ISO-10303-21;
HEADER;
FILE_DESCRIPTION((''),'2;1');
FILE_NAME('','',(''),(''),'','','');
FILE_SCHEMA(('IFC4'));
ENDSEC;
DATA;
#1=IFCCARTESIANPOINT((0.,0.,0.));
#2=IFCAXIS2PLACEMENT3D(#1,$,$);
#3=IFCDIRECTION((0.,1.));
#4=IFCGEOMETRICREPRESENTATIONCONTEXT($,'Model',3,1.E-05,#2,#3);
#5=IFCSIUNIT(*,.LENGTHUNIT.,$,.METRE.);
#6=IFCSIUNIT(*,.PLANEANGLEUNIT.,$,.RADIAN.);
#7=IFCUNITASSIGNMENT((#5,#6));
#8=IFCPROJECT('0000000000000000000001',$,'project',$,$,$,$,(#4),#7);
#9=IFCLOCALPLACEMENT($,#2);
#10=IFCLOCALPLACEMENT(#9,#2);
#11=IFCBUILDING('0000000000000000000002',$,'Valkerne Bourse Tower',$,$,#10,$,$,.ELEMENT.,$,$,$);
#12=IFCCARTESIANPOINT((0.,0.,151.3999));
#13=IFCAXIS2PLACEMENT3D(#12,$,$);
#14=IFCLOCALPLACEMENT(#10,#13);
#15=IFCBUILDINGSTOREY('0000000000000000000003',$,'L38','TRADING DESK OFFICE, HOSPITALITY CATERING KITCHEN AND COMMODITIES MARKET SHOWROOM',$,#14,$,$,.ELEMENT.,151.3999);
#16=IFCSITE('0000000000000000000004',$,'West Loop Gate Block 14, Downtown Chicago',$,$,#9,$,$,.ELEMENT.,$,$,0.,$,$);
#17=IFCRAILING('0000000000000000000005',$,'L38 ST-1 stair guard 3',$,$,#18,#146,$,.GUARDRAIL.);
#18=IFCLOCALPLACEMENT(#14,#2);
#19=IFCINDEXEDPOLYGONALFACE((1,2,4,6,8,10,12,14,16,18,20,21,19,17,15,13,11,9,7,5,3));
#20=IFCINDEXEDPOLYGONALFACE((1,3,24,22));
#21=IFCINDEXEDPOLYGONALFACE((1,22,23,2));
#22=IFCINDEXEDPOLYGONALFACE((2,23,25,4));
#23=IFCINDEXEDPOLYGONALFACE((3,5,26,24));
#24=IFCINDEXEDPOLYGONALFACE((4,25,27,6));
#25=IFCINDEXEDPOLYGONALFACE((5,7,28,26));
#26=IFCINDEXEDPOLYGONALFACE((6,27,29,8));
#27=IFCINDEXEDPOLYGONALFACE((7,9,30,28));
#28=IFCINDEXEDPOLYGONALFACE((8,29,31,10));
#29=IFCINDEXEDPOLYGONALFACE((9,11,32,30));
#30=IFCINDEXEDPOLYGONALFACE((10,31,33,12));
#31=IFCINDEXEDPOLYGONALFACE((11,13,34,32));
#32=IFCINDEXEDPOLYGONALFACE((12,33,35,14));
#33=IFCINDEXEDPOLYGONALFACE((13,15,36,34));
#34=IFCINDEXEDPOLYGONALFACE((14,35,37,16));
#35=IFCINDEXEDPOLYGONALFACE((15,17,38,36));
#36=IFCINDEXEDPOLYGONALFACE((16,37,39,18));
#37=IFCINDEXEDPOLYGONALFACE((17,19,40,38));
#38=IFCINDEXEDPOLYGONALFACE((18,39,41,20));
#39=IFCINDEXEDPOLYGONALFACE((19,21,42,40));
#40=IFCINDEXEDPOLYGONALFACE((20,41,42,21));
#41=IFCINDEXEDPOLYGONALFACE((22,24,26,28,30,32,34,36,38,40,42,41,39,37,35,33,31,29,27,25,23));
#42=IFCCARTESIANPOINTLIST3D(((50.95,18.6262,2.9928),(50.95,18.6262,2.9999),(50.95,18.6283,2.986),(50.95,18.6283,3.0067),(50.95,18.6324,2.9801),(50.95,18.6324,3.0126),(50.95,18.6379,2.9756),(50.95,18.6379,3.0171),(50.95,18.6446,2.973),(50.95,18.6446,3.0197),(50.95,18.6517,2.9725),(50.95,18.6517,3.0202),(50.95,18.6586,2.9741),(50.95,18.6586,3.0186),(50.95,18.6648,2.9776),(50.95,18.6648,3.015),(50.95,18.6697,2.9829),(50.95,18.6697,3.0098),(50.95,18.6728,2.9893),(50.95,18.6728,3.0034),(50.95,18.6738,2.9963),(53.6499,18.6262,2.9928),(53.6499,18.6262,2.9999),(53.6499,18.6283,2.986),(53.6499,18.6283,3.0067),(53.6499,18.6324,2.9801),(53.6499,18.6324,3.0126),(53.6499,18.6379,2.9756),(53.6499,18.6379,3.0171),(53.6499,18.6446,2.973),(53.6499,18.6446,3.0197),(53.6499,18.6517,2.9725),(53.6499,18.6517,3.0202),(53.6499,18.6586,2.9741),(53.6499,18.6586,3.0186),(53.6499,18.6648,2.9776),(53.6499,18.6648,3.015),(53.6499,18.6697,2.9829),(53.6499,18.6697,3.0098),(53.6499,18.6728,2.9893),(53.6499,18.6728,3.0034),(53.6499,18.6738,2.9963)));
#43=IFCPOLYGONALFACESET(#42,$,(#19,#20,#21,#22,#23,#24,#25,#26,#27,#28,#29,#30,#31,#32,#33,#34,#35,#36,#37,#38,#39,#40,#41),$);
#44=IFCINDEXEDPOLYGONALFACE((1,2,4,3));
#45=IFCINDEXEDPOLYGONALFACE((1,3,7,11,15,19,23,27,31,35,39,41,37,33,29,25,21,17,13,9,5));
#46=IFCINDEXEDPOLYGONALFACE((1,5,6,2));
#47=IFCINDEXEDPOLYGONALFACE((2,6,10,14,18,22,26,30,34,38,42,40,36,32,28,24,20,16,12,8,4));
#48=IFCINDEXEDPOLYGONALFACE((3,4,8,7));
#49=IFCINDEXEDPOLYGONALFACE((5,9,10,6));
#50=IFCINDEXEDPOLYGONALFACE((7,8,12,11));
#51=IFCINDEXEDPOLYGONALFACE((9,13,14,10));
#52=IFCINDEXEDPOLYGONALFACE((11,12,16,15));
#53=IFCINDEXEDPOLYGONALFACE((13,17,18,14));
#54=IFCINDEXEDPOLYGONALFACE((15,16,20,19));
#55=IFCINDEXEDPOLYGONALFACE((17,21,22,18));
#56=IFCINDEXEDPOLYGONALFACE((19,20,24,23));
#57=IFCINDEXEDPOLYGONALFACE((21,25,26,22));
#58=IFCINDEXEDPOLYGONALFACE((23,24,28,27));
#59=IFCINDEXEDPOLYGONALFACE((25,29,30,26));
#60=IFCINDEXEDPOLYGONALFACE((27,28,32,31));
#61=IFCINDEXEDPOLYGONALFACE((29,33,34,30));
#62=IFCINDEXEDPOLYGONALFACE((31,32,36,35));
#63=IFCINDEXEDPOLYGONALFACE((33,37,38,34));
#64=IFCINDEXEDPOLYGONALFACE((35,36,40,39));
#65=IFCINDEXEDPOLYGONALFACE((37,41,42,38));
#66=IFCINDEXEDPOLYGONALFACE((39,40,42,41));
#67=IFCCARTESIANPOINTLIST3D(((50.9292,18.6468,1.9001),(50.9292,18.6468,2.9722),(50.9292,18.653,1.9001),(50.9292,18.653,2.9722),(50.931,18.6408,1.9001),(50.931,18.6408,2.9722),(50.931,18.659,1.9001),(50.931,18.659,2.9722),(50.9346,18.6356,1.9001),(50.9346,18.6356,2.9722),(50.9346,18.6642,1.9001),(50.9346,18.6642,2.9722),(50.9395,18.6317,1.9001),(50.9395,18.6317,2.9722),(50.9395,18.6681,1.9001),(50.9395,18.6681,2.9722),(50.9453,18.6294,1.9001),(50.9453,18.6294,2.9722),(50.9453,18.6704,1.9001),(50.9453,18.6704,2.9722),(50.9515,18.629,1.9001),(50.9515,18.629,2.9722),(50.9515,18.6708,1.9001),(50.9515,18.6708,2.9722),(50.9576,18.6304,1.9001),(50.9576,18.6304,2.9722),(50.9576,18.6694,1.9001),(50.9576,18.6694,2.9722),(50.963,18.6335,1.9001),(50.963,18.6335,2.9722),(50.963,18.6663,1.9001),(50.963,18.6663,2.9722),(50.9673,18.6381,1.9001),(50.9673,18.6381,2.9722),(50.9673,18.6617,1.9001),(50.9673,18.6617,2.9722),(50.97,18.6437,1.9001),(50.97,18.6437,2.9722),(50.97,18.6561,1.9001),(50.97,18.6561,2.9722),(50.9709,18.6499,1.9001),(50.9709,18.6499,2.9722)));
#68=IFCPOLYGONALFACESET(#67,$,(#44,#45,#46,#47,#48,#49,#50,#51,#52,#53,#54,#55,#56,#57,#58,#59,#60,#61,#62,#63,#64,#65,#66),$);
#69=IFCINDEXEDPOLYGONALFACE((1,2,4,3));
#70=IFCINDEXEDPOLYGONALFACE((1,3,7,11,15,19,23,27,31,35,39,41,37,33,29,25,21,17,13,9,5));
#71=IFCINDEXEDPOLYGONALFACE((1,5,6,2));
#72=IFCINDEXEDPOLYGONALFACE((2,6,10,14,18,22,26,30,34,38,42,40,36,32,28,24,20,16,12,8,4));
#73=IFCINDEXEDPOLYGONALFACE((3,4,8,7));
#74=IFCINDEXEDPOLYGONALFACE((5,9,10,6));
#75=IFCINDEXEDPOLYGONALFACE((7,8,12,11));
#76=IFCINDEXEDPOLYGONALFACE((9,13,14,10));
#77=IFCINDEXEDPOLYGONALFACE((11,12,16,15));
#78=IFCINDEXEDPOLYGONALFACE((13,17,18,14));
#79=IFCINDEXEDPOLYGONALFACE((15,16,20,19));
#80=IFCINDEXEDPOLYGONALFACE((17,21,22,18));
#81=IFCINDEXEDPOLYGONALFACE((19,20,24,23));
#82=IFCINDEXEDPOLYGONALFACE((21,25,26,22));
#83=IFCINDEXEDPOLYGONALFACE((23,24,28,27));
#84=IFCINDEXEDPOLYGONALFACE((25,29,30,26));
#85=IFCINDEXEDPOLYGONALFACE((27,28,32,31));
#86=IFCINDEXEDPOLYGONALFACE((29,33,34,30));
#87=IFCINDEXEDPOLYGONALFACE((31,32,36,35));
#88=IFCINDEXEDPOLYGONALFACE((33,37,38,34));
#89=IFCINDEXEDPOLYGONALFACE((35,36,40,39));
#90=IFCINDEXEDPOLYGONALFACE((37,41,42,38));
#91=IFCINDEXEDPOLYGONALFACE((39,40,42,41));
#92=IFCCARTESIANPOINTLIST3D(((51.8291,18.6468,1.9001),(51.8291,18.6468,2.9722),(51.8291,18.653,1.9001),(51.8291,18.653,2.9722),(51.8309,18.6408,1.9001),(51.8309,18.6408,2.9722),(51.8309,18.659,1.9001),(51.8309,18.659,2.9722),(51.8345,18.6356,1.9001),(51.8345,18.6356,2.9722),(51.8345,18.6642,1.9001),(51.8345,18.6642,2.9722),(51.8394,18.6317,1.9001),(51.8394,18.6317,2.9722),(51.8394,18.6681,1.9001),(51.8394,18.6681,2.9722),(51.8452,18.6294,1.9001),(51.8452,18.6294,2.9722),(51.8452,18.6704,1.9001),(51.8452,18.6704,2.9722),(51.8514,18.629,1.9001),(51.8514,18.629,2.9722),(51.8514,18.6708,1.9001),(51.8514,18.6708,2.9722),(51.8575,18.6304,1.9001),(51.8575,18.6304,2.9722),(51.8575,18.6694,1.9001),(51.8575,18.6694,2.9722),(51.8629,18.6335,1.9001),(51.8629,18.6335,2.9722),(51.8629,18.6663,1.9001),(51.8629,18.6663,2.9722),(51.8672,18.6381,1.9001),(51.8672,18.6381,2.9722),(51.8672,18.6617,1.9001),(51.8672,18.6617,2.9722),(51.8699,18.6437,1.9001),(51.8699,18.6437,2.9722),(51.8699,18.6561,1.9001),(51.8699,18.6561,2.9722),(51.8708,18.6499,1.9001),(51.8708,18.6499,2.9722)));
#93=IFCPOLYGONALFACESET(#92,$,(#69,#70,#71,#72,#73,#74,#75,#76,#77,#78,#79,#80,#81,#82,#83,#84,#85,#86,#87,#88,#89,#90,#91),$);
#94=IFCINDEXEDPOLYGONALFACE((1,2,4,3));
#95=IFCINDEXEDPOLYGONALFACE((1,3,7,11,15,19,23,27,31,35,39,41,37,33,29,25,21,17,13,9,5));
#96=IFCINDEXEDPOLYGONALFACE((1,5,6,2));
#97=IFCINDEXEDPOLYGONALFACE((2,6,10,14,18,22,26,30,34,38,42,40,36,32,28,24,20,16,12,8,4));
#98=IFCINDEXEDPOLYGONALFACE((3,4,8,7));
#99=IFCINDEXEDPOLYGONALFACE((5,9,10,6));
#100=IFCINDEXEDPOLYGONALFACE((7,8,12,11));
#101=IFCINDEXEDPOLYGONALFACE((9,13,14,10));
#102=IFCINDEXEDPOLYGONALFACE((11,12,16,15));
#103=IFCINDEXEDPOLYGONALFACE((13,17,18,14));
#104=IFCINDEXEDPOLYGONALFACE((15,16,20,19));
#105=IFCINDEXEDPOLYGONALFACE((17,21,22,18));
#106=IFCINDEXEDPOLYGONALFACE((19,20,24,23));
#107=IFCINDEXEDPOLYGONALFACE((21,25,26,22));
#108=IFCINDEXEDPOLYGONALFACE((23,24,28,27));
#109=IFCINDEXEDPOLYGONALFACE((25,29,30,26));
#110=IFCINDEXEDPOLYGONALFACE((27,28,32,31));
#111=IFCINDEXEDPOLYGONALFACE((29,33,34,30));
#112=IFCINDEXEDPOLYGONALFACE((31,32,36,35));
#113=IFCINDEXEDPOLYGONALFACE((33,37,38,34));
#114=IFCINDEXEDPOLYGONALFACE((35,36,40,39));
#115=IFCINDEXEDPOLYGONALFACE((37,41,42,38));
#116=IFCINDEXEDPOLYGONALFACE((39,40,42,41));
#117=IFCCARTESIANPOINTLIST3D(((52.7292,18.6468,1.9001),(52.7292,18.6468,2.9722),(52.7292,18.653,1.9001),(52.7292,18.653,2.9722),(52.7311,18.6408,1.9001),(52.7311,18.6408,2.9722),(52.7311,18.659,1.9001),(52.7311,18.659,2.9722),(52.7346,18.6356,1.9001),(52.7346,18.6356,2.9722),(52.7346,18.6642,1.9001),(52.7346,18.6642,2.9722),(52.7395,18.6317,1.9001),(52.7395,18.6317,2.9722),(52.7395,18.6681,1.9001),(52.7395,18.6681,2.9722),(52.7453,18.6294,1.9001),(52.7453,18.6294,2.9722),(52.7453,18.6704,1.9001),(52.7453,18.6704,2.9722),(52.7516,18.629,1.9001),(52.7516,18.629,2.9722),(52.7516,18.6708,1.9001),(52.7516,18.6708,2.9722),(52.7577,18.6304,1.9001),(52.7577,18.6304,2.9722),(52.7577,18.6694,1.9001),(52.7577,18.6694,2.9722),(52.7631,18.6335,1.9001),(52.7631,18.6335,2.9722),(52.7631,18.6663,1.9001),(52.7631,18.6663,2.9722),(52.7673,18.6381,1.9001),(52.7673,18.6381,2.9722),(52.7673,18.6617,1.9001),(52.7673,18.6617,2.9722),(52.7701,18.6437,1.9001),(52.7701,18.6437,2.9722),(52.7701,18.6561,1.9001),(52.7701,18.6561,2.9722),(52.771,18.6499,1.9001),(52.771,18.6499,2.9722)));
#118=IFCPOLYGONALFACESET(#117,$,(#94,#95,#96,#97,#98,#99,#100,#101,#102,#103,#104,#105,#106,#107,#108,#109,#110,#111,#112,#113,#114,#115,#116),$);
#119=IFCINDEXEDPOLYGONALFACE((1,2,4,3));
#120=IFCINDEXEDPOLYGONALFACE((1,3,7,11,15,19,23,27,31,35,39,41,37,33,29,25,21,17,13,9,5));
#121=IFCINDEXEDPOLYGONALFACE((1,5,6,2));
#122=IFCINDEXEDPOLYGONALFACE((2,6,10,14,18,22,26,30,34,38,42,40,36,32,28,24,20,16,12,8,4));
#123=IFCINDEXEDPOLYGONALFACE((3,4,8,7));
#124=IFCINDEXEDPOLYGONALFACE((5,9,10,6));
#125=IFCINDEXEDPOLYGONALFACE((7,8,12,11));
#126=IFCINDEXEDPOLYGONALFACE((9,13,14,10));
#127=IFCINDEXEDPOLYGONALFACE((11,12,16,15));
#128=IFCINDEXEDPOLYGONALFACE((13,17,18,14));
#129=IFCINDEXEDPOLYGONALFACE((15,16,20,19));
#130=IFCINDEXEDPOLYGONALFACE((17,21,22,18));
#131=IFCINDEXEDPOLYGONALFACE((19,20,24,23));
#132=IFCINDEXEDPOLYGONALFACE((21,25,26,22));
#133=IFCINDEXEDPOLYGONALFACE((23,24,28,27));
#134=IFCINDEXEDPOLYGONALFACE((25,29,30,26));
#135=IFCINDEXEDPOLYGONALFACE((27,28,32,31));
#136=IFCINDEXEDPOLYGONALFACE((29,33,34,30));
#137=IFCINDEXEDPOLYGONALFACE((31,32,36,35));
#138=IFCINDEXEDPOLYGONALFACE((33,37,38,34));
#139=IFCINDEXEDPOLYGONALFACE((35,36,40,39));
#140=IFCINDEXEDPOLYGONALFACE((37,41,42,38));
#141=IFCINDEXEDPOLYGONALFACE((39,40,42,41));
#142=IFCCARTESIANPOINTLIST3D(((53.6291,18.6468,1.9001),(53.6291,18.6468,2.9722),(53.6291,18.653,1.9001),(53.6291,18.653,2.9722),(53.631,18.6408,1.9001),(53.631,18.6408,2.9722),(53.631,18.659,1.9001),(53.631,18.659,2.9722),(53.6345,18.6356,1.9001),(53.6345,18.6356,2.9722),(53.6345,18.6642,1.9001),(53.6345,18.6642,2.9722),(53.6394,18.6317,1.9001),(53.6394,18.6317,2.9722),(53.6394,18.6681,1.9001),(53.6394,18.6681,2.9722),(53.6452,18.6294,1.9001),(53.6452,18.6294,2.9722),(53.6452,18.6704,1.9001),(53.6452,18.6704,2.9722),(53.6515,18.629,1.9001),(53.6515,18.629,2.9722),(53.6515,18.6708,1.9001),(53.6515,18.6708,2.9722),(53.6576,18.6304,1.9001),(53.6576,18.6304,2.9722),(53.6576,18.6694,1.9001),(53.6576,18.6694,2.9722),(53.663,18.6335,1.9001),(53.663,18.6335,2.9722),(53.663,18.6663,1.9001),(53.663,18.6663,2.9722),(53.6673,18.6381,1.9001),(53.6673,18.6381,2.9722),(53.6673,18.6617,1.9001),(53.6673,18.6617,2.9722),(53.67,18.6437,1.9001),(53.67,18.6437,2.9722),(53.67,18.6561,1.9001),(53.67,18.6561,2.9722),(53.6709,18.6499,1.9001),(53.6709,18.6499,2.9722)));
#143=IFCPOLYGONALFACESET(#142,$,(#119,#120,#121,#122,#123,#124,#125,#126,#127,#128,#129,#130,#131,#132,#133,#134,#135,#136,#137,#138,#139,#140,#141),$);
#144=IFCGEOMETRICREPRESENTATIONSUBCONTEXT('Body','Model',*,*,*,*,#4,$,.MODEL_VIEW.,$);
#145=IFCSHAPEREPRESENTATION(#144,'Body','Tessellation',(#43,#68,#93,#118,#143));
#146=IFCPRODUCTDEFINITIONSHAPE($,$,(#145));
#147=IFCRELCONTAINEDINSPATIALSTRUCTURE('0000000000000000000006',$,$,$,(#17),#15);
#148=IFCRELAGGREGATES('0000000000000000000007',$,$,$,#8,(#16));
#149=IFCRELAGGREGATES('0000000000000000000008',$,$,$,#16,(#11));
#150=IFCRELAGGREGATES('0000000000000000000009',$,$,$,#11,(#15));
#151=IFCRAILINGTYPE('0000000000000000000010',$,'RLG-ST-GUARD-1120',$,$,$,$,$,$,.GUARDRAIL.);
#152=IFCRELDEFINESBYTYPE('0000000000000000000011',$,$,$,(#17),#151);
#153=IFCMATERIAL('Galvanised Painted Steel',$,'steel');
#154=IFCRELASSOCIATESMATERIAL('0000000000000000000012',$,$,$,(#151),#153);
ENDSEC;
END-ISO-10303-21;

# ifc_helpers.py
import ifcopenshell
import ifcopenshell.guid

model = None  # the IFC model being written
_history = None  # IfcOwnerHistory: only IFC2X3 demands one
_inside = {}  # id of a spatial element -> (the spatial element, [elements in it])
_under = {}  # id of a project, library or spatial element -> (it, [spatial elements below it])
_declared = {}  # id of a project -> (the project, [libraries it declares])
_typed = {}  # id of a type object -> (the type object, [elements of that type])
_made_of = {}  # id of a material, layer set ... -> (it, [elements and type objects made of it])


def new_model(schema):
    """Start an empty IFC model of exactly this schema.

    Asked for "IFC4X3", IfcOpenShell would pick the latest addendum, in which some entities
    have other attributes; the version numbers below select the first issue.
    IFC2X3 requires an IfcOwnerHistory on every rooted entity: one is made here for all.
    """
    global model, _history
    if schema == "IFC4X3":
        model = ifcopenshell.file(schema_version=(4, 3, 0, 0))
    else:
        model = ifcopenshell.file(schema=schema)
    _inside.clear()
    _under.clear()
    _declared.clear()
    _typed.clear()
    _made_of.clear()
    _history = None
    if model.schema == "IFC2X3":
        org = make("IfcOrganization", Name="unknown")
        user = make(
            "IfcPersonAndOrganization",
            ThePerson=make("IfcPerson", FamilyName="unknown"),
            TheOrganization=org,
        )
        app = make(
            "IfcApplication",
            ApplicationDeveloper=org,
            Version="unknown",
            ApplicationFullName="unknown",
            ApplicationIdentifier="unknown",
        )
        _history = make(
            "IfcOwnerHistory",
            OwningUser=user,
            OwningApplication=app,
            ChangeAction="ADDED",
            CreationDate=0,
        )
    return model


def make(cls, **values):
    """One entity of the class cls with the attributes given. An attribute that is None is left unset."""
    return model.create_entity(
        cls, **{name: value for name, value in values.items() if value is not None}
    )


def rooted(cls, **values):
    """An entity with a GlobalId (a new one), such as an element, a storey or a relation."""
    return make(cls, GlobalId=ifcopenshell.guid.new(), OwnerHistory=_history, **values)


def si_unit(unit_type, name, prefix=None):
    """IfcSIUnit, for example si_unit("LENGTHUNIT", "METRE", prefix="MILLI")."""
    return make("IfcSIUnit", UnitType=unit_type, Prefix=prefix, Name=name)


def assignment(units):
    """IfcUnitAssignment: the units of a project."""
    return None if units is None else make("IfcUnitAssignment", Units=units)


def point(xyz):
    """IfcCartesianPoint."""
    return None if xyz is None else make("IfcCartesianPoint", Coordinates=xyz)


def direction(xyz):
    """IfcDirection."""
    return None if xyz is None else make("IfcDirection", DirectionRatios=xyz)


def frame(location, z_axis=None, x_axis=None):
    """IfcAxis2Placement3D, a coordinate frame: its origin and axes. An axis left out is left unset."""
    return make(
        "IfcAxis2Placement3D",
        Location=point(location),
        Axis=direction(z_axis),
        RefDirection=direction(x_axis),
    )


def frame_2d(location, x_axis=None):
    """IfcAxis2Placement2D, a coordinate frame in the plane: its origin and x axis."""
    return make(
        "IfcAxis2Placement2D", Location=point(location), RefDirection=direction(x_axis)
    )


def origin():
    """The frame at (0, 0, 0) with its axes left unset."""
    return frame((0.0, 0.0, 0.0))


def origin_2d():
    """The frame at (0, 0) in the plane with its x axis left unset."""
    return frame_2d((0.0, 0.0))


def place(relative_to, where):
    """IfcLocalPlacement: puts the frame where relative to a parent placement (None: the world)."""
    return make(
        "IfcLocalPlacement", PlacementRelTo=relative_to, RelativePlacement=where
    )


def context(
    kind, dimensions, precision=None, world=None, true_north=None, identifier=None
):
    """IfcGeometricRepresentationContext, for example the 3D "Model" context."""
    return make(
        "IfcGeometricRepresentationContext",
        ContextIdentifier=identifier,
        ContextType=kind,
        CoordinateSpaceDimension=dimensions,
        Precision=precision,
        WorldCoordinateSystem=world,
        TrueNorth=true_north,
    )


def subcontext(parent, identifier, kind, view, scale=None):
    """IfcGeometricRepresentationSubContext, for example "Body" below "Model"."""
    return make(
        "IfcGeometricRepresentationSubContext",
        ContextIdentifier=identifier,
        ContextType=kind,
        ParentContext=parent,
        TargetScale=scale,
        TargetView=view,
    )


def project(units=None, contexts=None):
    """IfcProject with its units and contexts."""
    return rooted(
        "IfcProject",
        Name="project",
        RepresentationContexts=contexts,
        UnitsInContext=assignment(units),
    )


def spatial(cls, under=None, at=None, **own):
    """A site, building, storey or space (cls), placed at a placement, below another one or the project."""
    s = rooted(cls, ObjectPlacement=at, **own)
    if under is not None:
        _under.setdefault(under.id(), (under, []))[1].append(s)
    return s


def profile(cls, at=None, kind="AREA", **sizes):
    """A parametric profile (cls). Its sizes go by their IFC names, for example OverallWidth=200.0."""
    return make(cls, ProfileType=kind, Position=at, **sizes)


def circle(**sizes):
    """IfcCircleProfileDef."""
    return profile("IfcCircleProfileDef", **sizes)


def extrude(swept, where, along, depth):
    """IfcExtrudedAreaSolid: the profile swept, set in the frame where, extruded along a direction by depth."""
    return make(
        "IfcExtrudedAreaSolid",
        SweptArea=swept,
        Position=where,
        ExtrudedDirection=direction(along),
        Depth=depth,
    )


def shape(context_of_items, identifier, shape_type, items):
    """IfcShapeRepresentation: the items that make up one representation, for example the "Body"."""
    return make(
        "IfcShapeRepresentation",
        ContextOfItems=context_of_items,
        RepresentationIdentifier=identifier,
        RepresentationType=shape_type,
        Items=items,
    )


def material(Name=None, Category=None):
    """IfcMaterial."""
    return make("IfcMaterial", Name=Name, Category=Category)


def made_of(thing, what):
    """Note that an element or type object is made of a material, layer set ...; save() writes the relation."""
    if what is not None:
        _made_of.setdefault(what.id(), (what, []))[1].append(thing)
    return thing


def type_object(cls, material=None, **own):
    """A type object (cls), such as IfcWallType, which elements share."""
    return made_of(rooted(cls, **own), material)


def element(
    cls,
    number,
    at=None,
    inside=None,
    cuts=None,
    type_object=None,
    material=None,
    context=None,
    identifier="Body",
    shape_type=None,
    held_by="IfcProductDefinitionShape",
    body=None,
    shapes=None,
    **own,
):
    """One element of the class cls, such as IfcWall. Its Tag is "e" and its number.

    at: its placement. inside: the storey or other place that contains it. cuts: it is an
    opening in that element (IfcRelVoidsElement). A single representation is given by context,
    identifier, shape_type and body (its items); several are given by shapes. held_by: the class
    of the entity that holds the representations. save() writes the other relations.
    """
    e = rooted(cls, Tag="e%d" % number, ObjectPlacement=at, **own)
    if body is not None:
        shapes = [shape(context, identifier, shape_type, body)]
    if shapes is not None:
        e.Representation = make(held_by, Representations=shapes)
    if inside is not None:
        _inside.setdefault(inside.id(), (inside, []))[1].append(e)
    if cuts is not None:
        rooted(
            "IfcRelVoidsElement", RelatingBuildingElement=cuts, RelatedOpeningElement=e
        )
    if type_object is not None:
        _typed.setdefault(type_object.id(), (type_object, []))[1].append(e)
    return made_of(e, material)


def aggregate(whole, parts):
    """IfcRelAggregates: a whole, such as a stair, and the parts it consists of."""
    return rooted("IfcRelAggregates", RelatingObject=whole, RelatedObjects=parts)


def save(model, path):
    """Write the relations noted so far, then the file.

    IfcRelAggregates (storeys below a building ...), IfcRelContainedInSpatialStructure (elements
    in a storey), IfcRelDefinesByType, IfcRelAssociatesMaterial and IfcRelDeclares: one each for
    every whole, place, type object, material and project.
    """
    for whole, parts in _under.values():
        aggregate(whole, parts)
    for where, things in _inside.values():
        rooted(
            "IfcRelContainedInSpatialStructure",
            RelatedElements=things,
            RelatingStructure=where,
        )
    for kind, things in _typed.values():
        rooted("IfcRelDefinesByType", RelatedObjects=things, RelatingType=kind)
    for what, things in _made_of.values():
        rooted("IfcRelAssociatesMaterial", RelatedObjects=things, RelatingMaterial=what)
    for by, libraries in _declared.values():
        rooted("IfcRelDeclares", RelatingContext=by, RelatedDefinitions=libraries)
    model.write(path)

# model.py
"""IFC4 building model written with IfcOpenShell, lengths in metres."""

from ifc_helpers import new_model, si_unit, direction, frame, origin, origin_2d, place, context, subcontext, project, spatial, circle, extrude, material, type_object, element, save


model = new_model("IFC4")

# Units and contexts
model_context = context("Model", 3, precision=1e-05, world=origin(), true_north=direction((0.0, 1.0)))
body_context = subcontext(model_context, "Body", "Model", "MODEL_VIEW")
ifc_project = project(units=[si_unit("LENGTHUNIT", "METRE"), si_unit("PLANEANGLEUNIT", "RADIAN")], contexts=[model_context])

# Site, building, storey
site_placement = place(None, origin())
site = spatial("IfcSite", under=ifc_project, at=site_placement, Name="West Loop Gate Block 14, Downtown Chicago", CompositionType="ELEMENT", RefElevation=0.0)
building_placement = place(site_placement, origin())
building = spatial("IfcBuilding", under=site, at=building_placement, Name="Valkerne Bourse Tower", CompositionType="ELEMENT")
storey_placement = place(building_placement, frame((0.0, 0.0, 151.3999)))
storey = spatial("IfcBuildingStorey", under=building, at=storey_placement, Name="L38", Description="TRADING DESK OFFICE, HOSPITALITY CATERING KITCHEN AND COMMODITIES MARKET SHOWROOM", CompositionType="ELEMENT", Elevation=151.3999)

# Shared definitions
ifc_material_1 = material(Name="Galvanised Painted Steel", Category="steel")

# Railing
railing_type_1 = type_object("IfcRailingType", Name="RLG-ST-GUARD-1120", PredefinedType="GUARDRAIL", material=ifc_material_1)
for number, where, name in (
    (1, (50.95, 18.6499, 1.9001), "L38 ST-1 stair guard 3"),
):
    element("IfcRailing", number, at=place(storey_placement, frame(where)), inside=storey, type_object=railing_type_1, Name=name, PredefinedType="GUARDRAIL", context=body_context, shape_type="SweptSolid", body=[
        extrude(circle(Radius=0.0239, at=origin_2d()), frame((0.0, 0.0, 1.0962), z_axis=(1.0, 0.0, 0.0), x_axis=(0.0, 1.0, 0.0)), (0.0, 0.0, 1.0), 2.7),
        extrude(circle(Radius=0.021, at=origin_2d()), origin(), (0.0, 0.0, 1.0), 1.072),
        extrude(circle(Radius=0.021, at=origin_2d()), frame((0.8999, 0.0, 0.0)), (0.0, 0.0, 1.0), 1.072),
        extrude(circle(Radius=0.021, at=origin_2d()), frame((1.8, 0.0, 0.0)), (0.0, 0.0, 1.0), 1.072),
        extrude(circle(Radius=0.021, at=origin_2d()), frame((2.7, 0.0, 0.0)), (0.0, 0.0, 1.0), 1.072),
    ])

save(model, "model.ifc")
